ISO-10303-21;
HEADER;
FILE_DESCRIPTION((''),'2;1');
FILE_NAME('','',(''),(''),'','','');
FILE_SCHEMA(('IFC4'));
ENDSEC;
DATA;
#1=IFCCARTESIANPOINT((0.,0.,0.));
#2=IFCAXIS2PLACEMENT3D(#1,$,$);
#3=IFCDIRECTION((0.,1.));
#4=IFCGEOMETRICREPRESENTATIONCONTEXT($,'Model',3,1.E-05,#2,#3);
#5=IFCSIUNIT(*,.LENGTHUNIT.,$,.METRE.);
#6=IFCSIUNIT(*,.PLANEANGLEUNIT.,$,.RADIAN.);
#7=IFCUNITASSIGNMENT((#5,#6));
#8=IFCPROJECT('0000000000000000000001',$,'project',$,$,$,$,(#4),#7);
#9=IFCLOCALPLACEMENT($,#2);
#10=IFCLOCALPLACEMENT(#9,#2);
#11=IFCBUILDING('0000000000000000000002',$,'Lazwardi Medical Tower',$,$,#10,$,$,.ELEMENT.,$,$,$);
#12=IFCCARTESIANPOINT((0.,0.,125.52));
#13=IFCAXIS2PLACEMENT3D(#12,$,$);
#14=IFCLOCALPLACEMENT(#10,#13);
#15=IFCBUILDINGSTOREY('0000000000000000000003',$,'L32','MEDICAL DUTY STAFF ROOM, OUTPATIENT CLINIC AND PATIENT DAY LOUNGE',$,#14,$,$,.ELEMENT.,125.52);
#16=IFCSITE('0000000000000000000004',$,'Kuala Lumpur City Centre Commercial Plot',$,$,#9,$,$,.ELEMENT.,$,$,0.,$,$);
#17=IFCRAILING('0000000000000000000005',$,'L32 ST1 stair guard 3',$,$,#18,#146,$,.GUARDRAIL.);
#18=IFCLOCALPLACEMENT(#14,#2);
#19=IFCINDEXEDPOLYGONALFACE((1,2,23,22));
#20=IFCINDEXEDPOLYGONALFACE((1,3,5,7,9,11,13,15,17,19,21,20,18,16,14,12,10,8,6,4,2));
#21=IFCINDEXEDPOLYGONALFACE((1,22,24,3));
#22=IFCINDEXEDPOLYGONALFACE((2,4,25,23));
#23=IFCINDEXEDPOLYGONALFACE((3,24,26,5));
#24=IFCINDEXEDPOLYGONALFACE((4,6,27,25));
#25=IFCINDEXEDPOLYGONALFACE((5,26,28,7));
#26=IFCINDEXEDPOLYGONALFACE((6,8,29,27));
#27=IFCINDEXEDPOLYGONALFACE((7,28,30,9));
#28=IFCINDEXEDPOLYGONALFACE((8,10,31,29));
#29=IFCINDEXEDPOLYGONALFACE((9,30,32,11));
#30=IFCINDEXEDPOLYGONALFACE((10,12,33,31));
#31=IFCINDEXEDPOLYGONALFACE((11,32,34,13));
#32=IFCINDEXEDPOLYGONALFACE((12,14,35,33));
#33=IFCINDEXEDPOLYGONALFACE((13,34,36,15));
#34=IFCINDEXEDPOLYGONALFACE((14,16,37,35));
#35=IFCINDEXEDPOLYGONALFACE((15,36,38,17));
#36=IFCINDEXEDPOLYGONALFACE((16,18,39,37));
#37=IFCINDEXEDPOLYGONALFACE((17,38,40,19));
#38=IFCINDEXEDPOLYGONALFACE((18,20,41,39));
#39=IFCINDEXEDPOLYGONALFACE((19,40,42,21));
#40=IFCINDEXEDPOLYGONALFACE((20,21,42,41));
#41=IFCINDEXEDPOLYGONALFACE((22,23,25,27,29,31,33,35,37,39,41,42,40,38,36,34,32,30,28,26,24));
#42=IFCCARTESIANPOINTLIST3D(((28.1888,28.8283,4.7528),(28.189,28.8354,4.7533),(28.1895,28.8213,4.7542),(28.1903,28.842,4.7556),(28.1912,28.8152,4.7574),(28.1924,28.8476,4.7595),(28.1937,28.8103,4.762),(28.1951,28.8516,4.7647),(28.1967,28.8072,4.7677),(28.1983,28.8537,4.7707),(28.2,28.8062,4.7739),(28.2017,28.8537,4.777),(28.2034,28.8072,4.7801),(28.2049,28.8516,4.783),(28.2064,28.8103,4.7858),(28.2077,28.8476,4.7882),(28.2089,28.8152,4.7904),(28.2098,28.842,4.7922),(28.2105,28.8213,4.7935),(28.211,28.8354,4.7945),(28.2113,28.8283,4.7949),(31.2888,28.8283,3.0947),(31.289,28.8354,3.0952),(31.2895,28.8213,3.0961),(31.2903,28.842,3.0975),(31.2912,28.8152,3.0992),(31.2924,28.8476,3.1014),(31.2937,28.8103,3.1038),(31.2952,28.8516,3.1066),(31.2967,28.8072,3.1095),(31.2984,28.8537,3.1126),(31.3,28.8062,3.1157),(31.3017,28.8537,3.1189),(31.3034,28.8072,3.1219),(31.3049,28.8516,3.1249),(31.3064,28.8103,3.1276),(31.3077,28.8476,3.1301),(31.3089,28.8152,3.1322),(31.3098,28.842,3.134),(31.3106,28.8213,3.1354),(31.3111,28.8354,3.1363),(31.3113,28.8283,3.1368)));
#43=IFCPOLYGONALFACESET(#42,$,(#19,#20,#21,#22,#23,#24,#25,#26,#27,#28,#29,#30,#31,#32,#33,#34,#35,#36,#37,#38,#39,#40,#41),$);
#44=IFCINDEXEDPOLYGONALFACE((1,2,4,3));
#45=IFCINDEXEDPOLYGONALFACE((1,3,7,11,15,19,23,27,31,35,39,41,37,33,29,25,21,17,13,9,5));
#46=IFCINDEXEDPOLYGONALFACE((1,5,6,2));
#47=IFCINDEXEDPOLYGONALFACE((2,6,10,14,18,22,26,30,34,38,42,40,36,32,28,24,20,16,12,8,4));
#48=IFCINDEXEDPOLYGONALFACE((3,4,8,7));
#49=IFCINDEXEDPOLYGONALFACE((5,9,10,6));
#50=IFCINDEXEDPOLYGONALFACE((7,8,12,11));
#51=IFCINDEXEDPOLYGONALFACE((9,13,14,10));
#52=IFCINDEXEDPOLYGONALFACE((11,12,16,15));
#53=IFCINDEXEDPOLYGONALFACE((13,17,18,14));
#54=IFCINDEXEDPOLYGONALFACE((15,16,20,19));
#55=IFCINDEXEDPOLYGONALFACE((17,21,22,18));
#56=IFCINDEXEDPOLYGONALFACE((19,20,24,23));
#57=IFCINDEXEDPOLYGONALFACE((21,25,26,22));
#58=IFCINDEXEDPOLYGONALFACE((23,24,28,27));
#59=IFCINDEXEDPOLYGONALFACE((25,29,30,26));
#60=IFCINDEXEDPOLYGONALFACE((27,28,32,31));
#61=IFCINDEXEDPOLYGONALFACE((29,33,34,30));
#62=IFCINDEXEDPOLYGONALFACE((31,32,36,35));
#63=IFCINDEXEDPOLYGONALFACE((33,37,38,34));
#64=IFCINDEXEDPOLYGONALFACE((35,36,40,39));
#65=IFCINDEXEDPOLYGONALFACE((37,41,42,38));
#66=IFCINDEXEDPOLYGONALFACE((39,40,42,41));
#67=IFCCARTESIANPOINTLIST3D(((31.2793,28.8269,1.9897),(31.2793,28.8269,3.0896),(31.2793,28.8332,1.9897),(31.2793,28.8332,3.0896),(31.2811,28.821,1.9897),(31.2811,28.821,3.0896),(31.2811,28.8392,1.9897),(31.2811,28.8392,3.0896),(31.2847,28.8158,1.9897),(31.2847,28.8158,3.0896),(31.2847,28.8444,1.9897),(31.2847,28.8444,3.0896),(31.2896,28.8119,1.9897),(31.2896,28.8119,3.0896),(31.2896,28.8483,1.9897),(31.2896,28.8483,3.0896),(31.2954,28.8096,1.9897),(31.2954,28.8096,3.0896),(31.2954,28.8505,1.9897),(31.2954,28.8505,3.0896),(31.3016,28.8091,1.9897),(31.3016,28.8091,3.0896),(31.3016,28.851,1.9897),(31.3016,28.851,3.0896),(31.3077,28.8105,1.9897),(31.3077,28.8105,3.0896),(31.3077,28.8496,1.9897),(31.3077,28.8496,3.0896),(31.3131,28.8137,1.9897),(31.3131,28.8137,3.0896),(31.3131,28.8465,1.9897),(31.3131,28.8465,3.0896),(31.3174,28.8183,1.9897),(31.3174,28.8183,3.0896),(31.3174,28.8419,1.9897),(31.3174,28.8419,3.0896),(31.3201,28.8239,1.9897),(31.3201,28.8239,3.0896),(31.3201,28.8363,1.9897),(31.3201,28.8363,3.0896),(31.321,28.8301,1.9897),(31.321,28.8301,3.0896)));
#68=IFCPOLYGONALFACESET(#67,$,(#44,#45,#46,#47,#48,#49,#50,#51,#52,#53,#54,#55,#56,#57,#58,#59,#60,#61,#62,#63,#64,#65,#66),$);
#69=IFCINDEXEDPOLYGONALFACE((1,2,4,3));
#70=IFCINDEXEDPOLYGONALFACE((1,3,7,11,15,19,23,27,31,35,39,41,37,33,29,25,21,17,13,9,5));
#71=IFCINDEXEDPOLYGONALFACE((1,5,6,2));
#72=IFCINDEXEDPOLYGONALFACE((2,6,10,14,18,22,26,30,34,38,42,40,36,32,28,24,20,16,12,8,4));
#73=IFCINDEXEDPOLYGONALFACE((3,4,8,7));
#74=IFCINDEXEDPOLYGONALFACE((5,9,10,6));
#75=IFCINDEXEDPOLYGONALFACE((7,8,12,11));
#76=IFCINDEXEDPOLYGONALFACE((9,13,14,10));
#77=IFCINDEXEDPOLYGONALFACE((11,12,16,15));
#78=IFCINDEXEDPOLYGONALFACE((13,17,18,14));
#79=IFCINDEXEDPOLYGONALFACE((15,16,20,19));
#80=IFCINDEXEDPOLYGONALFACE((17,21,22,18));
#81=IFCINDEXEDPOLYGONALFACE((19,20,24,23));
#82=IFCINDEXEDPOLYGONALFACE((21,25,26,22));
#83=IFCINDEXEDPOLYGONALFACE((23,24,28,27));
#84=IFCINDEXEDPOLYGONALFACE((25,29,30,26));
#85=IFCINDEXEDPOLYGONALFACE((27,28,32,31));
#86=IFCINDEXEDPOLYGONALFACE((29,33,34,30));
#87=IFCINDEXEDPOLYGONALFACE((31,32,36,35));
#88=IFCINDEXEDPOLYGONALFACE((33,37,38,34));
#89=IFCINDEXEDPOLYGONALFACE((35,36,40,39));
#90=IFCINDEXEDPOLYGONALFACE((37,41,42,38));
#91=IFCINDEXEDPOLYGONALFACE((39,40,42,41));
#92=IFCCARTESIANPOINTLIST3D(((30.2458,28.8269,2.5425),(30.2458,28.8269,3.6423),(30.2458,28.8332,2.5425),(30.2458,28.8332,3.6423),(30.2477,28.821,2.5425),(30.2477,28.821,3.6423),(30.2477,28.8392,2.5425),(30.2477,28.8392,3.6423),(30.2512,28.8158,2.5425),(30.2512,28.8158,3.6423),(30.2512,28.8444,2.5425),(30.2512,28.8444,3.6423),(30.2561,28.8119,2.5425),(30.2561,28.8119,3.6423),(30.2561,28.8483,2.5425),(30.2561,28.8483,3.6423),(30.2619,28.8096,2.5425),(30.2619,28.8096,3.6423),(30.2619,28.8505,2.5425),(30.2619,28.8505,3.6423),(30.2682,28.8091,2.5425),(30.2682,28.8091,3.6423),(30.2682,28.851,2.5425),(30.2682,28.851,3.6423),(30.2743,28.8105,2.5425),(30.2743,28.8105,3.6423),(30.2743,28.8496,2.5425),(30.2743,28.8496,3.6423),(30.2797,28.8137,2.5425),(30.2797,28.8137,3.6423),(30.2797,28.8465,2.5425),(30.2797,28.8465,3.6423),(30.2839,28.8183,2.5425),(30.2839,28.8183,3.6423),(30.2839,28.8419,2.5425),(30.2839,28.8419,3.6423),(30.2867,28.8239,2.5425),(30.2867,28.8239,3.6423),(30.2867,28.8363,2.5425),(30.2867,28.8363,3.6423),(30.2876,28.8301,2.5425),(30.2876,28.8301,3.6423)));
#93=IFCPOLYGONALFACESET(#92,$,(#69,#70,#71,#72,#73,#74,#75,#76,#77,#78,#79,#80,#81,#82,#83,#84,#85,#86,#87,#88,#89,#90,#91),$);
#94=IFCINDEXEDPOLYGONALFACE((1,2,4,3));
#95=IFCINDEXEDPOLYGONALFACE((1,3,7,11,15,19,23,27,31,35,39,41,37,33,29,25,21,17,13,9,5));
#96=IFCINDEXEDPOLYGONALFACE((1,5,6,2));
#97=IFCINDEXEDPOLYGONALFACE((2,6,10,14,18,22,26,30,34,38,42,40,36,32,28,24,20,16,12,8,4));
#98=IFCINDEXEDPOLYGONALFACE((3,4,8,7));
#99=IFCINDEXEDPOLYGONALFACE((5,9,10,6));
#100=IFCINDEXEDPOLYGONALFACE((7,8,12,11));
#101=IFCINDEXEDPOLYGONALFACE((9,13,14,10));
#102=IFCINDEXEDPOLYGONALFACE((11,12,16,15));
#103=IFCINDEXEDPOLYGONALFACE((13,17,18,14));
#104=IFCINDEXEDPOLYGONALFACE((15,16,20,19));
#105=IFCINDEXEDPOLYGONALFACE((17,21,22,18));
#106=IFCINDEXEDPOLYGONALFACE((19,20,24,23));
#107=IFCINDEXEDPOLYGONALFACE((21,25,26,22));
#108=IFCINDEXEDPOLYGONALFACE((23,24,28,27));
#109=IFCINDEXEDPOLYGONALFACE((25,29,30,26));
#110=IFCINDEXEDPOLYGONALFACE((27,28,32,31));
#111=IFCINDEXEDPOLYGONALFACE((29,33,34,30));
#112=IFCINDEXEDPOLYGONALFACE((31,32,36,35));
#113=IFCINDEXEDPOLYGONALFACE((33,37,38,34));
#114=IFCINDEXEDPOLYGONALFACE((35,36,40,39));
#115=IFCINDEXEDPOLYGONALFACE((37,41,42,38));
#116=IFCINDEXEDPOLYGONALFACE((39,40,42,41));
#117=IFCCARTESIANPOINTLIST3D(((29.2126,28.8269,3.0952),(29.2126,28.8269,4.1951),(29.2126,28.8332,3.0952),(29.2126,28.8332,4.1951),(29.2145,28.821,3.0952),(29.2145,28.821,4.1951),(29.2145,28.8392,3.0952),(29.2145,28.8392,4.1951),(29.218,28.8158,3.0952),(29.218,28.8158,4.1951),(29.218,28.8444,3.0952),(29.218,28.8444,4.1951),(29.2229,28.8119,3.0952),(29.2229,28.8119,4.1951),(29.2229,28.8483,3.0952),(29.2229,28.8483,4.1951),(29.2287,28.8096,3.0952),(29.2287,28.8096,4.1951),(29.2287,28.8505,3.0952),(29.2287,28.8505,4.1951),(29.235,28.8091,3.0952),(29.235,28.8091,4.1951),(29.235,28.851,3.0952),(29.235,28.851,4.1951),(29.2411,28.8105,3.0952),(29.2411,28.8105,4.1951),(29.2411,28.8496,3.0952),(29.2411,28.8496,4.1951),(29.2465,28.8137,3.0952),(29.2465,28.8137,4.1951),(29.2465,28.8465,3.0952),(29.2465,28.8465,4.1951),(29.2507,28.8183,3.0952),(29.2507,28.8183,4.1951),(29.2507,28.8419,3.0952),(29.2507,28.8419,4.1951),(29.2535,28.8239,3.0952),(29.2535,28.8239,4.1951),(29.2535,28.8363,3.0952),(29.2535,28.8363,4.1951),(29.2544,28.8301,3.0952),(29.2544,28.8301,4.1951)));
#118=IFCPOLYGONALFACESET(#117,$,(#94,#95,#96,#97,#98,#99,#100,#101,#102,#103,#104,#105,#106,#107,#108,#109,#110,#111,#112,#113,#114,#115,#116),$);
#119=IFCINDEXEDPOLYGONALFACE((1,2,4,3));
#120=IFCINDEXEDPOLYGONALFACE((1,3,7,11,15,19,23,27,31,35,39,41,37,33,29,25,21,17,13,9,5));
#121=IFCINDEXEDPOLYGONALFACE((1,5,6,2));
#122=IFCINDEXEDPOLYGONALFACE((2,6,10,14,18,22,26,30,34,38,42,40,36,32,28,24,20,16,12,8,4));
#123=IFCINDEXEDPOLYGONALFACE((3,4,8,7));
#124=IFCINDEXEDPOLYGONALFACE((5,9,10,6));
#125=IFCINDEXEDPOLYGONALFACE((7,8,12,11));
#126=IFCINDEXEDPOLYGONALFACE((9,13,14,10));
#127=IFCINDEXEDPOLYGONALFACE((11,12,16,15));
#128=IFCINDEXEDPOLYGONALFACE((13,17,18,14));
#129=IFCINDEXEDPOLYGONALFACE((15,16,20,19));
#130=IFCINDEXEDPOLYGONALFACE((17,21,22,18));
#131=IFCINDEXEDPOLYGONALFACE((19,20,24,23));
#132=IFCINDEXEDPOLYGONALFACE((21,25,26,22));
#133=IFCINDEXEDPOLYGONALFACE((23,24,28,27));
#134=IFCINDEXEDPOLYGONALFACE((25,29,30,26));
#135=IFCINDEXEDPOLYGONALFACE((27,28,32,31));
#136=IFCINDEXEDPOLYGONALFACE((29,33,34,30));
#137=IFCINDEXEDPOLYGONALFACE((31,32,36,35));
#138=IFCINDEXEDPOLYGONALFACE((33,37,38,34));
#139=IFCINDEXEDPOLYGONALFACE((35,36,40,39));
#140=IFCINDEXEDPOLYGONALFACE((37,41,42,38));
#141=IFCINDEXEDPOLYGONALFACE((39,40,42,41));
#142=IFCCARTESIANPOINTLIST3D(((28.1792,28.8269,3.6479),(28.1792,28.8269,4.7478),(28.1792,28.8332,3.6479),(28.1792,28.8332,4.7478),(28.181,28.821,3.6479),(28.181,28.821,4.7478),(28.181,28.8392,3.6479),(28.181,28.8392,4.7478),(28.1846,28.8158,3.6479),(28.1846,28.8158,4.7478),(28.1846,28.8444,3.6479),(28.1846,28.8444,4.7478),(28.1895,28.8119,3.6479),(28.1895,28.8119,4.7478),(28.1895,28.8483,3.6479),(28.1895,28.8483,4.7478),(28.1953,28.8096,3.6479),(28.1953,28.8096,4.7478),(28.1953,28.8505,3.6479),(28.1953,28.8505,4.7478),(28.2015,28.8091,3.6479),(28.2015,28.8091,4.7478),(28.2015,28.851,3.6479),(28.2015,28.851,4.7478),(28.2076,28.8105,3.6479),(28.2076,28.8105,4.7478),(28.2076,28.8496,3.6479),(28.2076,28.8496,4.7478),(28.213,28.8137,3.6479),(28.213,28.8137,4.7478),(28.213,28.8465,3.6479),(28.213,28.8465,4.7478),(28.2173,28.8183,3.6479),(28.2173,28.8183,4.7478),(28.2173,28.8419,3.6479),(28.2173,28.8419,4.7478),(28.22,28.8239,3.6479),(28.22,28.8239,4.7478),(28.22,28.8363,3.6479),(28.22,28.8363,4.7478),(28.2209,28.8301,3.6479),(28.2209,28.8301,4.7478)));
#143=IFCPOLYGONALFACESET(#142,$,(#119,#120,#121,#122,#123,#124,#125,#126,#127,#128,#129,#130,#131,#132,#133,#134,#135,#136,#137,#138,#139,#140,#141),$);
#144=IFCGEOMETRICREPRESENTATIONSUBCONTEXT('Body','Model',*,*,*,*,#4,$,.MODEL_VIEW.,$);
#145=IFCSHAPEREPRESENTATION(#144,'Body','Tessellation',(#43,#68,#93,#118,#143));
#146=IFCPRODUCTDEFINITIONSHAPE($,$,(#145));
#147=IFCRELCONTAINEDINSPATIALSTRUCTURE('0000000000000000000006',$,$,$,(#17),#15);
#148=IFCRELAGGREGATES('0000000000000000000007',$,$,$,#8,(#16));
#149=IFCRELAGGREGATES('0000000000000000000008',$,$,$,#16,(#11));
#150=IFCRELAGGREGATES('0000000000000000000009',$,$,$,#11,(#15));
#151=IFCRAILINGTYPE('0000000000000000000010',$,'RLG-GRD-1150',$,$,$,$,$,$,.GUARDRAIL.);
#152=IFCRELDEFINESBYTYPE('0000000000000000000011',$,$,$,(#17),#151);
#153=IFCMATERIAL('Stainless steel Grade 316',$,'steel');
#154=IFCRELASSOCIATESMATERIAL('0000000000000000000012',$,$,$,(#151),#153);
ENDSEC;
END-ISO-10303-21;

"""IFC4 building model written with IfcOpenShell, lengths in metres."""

from ifc_helpers import new_model, si_unit, direction, frame, origin, origin_2d, place, context, subcontext, project, spatial, circle, extrude, material, type_object, element, save


model = new_model("IFC4")

# Units and contexts
model_context = context("Model", 3, precision=1e-05, world=origin(), true_north=direction((0.0, 1.0)))
body_context = subcontext(model_context, "Body", "Model", "MODEL_VIEW")
ifc_project = project(units=[si_unit("LENGTHUNIT", "METRE"), si_unit("PLANEANGLEUNIT", "RADIAN")], contexts=[model_context])

# Site, building, storey
site_placement = place(None, origin())
site = spatial("IfcSite", under=ifc_project, at=site_placement, Name="Kuala Lumpur City Centre Commercial Plot", CompositionType="ELEMENT", RefElevation=0.0)
building_placement = place(site_placement, origin())
building = spatial("IfcBuilding", under=site, at=building_placement, Name="Lazwardi Medical Tower", CompositionType="ELEMENT")
storey_placement = place(building_placement, frame((0.0, 0.0, 125.52)))
storey = spatial("IfcBuildingStorey", under=building, at=storey_placement, Name="L32", Description="MEDICAL DUTY STAFF ROOM, OUTPATIENT CLINIC AND PATIENT DAY LOUNGE", CompositionType="ELEMENT", Elevation=125.52)

# Railing
ifc_material_1 = material(Name="Stainless steel Grade 316", Category="steel")
railing_type_1 = type_object("IfcRailingType", Name="RLG-GRD-1150", PredefinedType="GUARDRAIL", material=ifc_material_1)
railing_1_placement = place(storey_placement, frame((31.3, 28.8301, 1.9897)))
element("IfcRailing", 1, at=railing_1_placement, inside=storey, type_object=railing_type_1, Name="L32 ST1 stair guard 3", PredefinedType="GUARDRAIL", context=body_context, shape_type="SweptSolid", body=[
    extrude(circle(Radius=0.0239, at=origin_2d()), frame((0.0, 0.0, 1.126), z_axis=(-0.881783, 0.0, 0.471655), x_axis=(0.0, -1.0, 0.0)), (0.0, 0.0, 1.0), 3.5156),
    extrude(circle(Radius=0.021, at=origin_2d()), origin(), (0.0, 0.0, 1.0), 1.0999),
    extrude(circle(Radius=0.021, at=origin_2d()), frame((-1.0334, 0.0, 0.5527)), (0.0, 0.0, 1.0), 1.0999),
    extrude(circle(Radius=0.021, at=origin_2d()), frame((-2.0667, 0.0, 1.1055)), (0.0, 0.0, 1.0), 1.0999),
    extrude(circle(Radius=0.021, at=origin_2d()), frame((-3.1001, 0.0, 1.6582)), (0.0, 0.0, 1.0), 1.0999),
])

save(model, "model.ifc")
